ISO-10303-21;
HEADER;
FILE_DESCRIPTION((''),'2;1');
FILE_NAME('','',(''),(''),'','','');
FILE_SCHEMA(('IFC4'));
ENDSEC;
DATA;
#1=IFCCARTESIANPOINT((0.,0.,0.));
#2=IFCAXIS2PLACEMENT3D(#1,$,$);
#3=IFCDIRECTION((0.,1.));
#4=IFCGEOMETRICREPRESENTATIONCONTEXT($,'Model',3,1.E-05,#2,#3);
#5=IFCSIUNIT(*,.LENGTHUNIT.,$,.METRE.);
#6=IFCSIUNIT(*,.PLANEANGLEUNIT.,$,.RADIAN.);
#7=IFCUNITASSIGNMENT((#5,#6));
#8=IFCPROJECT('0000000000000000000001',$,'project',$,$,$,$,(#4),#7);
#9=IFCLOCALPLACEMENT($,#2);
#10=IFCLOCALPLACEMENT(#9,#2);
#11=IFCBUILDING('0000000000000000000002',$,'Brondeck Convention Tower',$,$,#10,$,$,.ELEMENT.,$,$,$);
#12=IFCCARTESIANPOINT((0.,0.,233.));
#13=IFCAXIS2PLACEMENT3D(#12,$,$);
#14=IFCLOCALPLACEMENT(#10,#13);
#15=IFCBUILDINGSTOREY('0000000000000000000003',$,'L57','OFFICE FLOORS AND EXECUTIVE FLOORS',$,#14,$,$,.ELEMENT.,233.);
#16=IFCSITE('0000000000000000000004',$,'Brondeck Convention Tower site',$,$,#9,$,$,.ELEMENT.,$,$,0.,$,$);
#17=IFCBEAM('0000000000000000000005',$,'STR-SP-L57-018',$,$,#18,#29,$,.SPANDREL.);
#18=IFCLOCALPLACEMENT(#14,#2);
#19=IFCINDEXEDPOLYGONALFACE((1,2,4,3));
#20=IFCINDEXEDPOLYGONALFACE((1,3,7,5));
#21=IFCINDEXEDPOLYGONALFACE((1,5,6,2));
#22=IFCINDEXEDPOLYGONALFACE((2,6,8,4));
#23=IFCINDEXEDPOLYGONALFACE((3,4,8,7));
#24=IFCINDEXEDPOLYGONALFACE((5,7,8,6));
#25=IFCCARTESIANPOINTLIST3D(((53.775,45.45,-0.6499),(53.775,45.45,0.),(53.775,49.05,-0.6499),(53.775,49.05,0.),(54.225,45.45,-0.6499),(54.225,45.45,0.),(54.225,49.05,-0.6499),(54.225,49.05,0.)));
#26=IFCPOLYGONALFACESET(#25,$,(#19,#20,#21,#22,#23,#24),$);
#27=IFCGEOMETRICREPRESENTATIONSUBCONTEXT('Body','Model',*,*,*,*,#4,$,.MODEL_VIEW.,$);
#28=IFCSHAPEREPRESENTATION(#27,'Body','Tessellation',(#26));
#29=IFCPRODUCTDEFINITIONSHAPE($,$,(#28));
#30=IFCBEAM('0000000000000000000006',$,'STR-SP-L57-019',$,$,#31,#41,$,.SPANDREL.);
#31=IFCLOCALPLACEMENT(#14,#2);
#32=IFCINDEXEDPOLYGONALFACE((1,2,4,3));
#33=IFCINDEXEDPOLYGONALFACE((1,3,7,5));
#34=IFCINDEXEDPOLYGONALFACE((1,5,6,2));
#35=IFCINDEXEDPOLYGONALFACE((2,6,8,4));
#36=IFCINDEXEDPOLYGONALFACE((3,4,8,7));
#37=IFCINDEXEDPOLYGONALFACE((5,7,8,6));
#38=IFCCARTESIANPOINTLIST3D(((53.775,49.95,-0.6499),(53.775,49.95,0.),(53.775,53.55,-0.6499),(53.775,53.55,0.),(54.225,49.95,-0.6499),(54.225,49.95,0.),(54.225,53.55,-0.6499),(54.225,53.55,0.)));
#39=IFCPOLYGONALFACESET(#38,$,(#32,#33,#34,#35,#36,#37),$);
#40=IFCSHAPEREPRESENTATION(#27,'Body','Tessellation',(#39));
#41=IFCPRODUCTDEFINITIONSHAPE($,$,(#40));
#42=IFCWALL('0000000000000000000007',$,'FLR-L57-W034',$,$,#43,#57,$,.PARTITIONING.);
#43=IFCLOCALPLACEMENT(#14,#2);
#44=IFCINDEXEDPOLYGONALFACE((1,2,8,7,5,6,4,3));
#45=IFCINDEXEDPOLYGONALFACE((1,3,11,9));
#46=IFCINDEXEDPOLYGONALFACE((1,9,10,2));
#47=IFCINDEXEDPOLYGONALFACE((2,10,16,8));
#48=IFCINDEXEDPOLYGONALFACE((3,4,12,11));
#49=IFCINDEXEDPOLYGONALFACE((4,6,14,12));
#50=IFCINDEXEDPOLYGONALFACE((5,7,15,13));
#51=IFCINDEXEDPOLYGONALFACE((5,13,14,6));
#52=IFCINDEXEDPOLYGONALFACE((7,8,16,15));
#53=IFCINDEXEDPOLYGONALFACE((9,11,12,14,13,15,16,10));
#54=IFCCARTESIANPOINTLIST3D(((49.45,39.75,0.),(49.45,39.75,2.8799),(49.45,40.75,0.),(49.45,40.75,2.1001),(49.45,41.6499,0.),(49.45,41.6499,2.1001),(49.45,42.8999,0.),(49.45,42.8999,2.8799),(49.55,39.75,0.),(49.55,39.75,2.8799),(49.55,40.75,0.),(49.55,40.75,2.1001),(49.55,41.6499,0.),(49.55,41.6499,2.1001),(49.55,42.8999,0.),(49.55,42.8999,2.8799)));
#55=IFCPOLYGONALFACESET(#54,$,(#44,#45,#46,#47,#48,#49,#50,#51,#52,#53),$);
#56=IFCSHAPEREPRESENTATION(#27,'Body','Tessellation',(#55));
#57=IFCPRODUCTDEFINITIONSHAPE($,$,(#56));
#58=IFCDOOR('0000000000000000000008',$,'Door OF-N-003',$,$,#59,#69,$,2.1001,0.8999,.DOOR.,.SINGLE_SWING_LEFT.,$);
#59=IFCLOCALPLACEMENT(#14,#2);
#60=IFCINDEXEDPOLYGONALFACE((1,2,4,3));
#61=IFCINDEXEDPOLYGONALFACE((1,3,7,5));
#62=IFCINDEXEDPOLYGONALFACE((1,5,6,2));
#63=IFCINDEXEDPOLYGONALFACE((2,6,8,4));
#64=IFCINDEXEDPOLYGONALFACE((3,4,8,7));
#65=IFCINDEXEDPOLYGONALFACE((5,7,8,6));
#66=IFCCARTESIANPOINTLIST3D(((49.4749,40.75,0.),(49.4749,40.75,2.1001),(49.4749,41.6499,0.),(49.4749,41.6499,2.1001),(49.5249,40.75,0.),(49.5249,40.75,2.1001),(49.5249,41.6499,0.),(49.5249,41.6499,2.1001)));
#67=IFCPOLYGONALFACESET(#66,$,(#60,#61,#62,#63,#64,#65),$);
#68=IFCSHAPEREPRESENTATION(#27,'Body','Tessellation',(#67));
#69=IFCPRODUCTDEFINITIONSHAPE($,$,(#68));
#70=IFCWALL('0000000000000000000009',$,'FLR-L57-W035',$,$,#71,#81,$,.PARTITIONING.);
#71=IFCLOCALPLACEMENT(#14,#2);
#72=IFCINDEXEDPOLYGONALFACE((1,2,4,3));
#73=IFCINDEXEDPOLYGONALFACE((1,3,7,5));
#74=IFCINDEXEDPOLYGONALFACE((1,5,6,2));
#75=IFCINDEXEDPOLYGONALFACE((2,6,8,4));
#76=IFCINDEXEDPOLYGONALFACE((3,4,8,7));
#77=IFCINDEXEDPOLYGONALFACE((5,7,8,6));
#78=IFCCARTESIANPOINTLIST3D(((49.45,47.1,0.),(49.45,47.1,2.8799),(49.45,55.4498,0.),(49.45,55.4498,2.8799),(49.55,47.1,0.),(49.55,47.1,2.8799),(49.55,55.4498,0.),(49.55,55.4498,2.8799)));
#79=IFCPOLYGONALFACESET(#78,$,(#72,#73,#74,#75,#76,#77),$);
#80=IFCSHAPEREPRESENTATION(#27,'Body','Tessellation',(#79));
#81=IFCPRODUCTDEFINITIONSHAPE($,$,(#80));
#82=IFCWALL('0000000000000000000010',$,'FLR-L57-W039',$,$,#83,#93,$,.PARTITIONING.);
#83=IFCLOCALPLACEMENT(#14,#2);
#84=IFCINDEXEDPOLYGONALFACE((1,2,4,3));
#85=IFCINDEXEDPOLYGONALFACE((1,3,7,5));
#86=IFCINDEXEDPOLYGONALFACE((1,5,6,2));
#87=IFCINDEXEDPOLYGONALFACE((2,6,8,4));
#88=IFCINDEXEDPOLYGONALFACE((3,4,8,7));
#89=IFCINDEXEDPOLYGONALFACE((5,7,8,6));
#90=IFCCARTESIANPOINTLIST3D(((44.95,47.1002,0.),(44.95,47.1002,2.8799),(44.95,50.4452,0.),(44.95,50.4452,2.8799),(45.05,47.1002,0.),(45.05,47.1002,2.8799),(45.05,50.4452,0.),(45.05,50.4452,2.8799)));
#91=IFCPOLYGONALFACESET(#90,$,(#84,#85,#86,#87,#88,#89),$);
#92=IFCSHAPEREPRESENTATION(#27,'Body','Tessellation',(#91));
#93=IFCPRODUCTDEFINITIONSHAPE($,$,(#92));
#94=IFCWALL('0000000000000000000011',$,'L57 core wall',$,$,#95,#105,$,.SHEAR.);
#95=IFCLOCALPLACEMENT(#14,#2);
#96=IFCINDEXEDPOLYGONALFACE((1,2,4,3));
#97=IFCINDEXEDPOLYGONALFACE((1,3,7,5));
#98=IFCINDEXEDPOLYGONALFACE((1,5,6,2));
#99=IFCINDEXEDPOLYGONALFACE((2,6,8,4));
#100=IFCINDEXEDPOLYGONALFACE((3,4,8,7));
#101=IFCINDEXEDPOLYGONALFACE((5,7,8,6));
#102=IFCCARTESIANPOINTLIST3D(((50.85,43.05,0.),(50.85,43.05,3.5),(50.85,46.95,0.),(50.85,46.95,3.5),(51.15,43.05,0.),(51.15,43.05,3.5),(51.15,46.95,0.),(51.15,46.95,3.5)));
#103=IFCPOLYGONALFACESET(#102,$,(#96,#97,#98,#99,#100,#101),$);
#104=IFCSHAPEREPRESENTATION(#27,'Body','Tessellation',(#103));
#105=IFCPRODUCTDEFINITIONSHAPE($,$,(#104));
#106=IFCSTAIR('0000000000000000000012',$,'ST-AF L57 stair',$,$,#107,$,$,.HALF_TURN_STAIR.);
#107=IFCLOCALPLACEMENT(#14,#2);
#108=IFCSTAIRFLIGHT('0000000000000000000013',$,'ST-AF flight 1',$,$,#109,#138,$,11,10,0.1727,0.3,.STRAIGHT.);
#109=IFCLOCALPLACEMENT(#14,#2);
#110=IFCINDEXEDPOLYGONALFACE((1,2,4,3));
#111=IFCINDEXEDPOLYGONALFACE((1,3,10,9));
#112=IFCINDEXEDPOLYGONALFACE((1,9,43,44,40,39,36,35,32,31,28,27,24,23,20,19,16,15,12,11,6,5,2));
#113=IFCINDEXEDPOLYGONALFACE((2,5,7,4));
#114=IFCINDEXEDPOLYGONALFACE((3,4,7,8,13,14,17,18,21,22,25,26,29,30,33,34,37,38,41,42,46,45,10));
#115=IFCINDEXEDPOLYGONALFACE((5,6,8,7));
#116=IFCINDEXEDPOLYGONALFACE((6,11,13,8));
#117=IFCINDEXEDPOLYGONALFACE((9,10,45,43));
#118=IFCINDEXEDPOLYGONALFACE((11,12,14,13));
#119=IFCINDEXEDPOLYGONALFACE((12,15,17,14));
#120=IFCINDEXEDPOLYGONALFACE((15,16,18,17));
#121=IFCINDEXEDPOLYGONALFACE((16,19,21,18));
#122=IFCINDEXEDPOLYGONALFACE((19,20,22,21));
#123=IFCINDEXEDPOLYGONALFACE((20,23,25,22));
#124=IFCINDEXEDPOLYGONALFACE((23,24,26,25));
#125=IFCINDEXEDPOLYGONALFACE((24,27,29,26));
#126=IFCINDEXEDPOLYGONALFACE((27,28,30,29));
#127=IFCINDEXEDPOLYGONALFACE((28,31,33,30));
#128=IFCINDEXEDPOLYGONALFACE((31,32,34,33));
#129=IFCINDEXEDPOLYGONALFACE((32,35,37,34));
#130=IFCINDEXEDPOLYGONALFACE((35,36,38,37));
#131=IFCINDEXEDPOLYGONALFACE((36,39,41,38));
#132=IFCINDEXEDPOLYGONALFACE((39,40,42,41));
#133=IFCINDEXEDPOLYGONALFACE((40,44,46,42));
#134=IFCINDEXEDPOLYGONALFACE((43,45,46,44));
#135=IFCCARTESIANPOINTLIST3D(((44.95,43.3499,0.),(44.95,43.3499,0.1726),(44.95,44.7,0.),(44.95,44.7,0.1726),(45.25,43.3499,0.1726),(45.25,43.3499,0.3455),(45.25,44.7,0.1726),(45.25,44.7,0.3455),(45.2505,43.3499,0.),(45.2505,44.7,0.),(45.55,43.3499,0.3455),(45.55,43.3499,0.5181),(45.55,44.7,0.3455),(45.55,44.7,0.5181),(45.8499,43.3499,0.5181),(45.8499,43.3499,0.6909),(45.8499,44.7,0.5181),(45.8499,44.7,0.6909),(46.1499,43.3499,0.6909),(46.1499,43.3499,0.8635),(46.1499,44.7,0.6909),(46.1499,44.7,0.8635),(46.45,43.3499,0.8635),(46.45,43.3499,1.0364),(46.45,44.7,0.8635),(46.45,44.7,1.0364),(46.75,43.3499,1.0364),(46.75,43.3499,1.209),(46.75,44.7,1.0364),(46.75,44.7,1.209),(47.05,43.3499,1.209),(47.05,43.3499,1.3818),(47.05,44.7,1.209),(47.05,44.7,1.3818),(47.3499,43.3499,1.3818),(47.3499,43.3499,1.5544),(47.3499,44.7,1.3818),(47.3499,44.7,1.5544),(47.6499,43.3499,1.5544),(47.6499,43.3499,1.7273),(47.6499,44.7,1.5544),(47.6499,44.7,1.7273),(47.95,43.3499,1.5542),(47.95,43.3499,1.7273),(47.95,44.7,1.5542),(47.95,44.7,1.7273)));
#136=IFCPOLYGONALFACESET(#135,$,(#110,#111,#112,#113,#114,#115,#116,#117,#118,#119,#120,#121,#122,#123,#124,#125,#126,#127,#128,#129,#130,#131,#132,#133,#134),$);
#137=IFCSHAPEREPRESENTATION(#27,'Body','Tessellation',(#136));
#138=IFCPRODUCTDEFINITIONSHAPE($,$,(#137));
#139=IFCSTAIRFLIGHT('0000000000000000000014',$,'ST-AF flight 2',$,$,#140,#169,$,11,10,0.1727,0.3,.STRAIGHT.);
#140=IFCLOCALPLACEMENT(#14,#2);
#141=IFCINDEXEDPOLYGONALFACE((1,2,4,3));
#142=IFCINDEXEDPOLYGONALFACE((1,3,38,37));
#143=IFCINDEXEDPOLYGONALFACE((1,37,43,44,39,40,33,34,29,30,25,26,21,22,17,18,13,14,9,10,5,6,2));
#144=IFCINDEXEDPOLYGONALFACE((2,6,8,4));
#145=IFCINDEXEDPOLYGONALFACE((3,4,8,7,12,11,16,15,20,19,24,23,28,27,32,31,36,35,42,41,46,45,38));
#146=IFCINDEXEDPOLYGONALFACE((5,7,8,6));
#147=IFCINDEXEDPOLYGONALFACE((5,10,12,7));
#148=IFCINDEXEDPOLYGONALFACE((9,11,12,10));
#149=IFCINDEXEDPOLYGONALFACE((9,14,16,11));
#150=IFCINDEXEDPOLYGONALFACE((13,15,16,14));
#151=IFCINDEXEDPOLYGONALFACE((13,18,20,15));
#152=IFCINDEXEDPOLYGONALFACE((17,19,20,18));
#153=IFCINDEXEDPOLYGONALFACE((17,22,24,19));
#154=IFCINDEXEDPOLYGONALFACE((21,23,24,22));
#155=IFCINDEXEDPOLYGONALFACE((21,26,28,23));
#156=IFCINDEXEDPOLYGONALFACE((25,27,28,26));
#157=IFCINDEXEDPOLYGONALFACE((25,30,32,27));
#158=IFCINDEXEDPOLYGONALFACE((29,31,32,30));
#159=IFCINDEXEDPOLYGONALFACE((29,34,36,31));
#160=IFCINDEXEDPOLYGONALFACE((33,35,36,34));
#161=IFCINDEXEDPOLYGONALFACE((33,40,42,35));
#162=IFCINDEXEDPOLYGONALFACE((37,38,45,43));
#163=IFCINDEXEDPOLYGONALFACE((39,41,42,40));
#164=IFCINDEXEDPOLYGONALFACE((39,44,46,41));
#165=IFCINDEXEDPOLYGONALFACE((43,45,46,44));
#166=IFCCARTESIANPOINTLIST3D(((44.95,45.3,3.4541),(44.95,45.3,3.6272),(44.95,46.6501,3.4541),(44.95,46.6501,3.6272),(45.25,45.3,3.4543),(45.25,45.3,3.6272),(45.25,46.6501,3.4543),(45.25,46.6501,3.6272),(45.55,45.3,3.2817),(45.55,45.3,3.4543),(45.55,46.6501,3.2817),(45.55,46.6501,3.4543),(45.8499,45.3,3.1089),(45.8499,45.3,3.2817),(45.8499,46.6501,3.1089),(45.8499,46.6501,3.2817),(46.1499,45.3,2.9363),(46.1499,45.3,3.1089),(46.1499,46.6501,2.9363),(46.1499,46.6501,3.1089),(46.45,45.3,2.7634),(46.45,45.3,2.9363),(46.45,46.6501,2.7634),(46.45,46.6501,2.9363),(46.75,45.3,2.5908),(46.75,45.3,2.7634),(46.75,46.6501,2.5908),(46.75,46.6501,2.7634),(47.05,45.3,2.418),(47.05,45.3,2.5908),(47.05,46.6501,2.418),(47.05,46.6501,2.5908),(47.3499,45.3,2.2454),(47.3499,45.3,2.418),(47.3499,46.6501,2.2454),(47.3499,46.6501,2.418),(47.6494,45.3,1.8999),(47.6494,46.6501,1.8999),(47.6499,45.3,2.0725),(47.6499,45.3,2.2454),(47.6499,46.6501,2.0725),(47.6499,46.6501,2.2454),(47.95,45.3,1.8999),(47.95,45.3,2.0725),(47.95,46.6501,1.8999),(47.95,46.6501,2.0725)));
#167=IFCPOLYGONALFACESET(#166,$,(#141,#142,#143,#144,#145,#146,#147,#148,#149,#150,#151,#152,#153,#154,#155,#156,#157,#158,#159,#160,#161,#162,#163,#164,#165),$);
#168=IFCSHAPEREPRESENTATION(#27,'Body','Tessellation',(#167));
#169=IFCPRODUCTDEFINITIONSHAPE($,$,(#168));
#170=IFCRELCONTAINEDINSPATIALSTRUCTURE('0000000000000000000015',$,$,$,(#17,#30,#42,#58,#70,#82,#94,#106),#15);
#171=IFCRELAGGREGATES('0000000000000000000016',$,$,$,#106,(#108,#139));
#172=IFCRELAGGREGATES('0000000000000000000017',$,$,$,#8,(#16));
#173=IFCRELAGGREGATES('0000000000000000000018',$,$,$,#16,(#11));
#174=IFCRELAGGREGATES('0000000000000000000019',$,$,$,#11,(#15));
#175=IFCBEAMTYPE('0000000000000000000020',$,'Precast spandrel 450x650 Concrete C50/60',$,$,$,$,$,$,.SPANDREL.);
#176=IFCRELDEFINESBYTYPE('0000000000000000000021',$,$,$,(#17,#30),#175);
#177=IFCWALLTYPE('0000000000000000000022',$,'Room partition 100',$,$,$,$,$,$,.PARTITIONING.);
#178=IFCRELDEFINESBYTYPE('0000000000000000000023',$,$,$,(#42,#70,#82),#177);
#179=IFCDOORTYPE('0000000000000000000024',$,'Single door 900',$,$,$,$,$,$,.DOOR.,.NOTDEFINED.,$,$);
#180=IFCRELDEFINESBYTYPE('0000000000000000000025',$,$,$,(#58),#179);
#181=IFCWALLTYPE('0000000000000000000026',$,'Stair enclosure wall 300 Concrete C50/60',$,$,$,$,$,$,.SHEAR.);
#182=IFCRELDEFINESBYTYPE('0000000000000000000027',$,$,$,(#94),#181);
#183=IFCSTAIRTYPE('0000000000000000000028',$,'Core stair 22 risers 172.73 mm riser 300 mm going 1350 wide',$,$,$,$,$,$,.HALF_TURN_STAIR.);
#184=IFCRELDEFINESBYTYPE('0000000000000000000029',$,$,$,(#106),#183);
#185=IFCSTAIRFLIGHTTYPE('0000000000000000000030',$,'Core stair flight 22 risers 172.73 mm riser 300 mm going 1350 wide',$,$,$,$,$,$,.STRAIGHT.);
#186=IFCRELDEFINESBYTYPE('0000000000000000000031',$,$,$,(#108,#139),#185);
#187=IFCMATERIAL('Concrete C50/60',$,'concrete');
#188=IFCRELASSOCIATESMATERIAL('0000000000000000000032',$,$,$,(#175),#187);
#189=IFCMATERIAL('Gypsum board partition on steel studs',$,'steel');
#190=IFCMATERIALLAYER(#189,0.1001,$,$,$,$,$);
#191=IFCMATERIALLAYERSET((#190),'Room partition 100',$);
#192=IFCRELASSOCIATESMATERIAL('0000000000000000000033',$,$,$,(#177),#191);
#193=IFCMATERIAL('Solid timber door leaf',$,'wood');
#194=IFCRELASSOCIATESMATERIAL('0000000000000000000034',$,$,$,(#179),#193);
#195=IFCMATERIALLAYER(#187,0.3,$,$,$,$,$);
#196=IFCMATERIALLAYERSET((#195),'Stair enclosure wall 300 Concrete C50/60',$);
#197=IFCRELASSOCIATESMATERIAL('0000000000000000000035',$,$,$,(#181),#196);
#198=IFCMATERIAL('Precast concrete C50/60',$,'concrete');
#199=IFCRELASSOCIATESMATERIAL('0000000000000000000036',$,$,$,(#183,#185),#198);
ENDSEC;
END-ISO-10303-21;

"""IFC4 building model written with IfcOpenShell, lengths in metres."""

from ifc_helpers import new_model, si_unit, direction, frame, frame_2d, origin, origin_2d, place, context, subcontext, project, spatial, polyline, rectangle, outline, extrude, material, layer, layer_set, material_profile, profile_set, type_object, element, fill, aggregate, save


model = new_model("IFC4")

# Units and contexts
model_context = context("Model", 3, precision=1e-05, world=origin(), true_north=direction((0.0, 1.0)))
body_context = subcontext(model_context, "Body", "Model", "MODEL_VIEW")
ifc_project = project(units=[si_unit("LENGTHUNIT", "METRE"), si_unit("PLANEANGLEUNIT", "RADIAN")], contexts=[model_context])

# Site, building, storey
site_placement = place(None, origin())
site = spatial("IfcSite", under=ifc_project, at=site_placement, Name="Brondeck Convention Tower site", CompositionType="ELEMENT", RefElevation=0.0)
building_placement = place(site_placement, origin())
building = spatial("IfcBuilding", under=site, at=building_placement, Name="Brondeck Convention Tower", CompositionType="ELEMENT")
storey_placement = place(building_placement, frame((0.0, 0.0, 233.0)))
storey = spatial("IfcBuildingStorey", under=building, at=storey_placement, Name="L57", Description="OFFICE FLOORS AND EXECUTIVE FLOORS", CompositionType="ELEMENT", Elevation=233.0)

# Shared definitions
ifc_material_1 = material(Name="Concrete C50/60", Category="concrete")

# Beams
ifc_material_profile_1 = material_profile(ifc_material_1, rectangle(XDim=0.45, YDim=0.6499, at=origin_2d()), Name="Precast spandrel 450x650 Concrete C50/60")
ifc_profile_set_1 = profile_set([ifc_material_profile_1], Name="Concrete C50/60")
beam_type_1 = type_object("IfcBeamType", Name="Precast spandrel 450x650 Concrete C50/60", PredefinedType="SPANDREL", material=ifc_profile_set_1)
for number, where, z_axis, x_axis, name in (
    (1, (54.0, 45.45, -0.325), (0.0, 1.0, 0.0), (-1.0, 0.0, 0.0), "STR-SP-L57-018"),
    (2, (54.0, 49.95, -0.325), (0.0, 1.0, 0.0), (-1.0, 0.0, 0.0), "STR-SP-L57-019"),
):
    element("IfcBeam", number, at=place(storey_placement, frame(where, z_axis=z_axis, x_axis=x_axis)), inside=storey, type_object=beam_type_1, Name=name, PredefinedType="SPANDREL", context=body_context, shape_type="SweptSolid", body=[
        extrude(rectangle(XDim=0.45, YDim=0.6499, at=origin_2d()), origin(), (0.0, 0.0, 1.0), 3.6001),
    ])

# Wall, opening, door
ifc_material_2 = material(Name="Gypsum board partition on steel studs", Category="steel")
ifc_layer_1 = layer(ifc_material_2, 0.1001)
ifc_layer_set_1 = layer_set([ifc_layer_1], Name="Room partition 100")
wall_type_1 = type_object("IfcWallType", Name="Room partition 100", PredefinedType="PARTITIONING", material=ifc_layer_set_1)
wall_1_placement = place(storey_placement, frame((49.5, 42.8999, 0.0), z_axis=(0.0, 0.0, 1.0), x_axis=(0.0, -1.0, 0.0)))
wall_1 = element("IfcWall", 3, at=wall_1_placement, inside=storey, type_object=wall_type_1, Name="FLR-L57-W034", PredefinedType="PARTITIONING", context=body_context, shape_type="SweptSolid", body=[
    extrude(rectangle(XDim=3.1499, YDim=0.1001, at=frame_2d((1.575, 0.0))), origin(), (0.0, 0.0, 1.0), 2.8799),
])
opening_placement = place(wall_1_placement, frame((1.25, 0.0, 0.0)))
opening = element("IfcOpeningElement", 4, at=opening_placement, cuts=wall_1, PredefinedType="OPENING", context=body_context, shape_type="SweptSolid", body=[
    extrude(rectangle(XDim=0.8999, YDim=2.1001, at=frame_2d((0.45, 1.05))), frame((0.0, 0.0601, 0.0), z_axis=(0.0, -1.0, 0.0), x_axis=(1.0, 0.0, 0.0)), (0.0, 0.0, 1.0), 0.1201),
])
ifc_material_3 = material(Name="Solid timber door leaf", Category="wood")
door_type = type_object("IfcDoorType", Name="Single door 900", OperationType="NOTDEFINED", PredefinedType="DOOR", material=ifc_material_3)
door_placement = place(opening_placement, origin())
door = element("IfcDoor", 5, at=door_placement, inside=storey, type_object=door_type, Name="Door OF-N-003", OperationType="SINGLE_SWING_LEFT", OverallHeight=2.1001, OverallWidth=0.8999, PredefinedType="DOOR", context=body_context, shape_type="SweptSolid", body=[
    extrude(rectangle(XDim=0.8999, YDim=2.1001, at=frame_2d((0.45, 1.05))), frame((0.0, 0.0249, 0.0), z_axis=(0.0, -1.0, 0.0), x_axis=(1.0, 0.0, 0.0)), (0.0, 0.0, 1.0), 0.05),
])
fill(opening, door)

# Walls
wall_2_placement = place(storey_placement, frame((49.5, 47.1001, 0.0), z_axis=(0.0, 0.0, 1.0), x_axis=(0.0, 1.0, 0.0)))
element("IfcWall", 6, at=wall_2_placement, inside=storey, type_object=wall_type_1, Name="FLR-L57-W035", PredefinedType="PARTITIONING", context=body_context, shape_type="SweptSolid", body=[
    extrude(rectangle(XDim=8.3499, YDim=0.1001, at=frame_2d((4.1748, 0.0))), origin(), (0.0, 0.0, 1.0), 2.8799),
])
wall_3_placement = place(storey_placement, frame((45.0, 50.4451, 0.0), z_axis=(0.0, 0.0, 1.0), x_axis=(0.0, -1.0, 0.0)))
element("IfcWall", 7, at=wall_3_placement, inside=storey, type_object=wall_type_1, Name="FLR-L57-W039", PredefinedType="PARTITIONING", context=body_context, shape_type="SweptSolid", body=[
    extrude(rectangle(XDim=3.345, YDim=0.1001, at=frame_2d((1.6724, 0.0))), origin(), (0.0, 0.0, 1.0), 2.8799),
])
ifc_layer_2 = layer(ifc_material_1, 0.3)
ifc_layer_set_2 = layer_set([ifc_layer_2], Name="Stair enclosure wall 300 Concrete C50/60")
wall_type_2 = type_object("IfcWallType", Name="Stair enclosure wall 300 Concrete C50/60", PredefinedType="SHEAR", material=ifc_layer_set_2)
wall_4_placement = place(storey_placement, frame((51.0, 43.05, 0.0), z_axis=(0.0, 0.0, 1.0), x_axis=(0.0, 1.0, 0.0)))
element("IfcWall", 8, at=wall_4_placement, inside=storey, type_object=wall_type_2, Name="L57 core wall", PredefinedType="SHEAR", context=body_context, shape_type="SweptSolid", body=[
    extrude(rectangle(XDim=3.8999, YDim=0.3, at=frame_2d((1.95, 0.0))), origin(), (0.0, 0.0, 1.0), 3.5),
])

# Stair, stair flights
ifc_material_4 = material(Name="Precast concrete C50/60", Category="concrete")
stair_type = type_object("IfcStairType", Name="Core stair 22 risers 172.73 mm riser 300 mm going 1350 wide", PredefinedType="HALF_TURN_STAIR", material=ifc_material_4)
stair_placement = place(storey_placement, origin())
stair = element("IfcStair", 9, at=stair_placement, inside=storey, type_object=stair_type, Name="ST-AF L57 stair", PredefinedType="HALF_TURN_STAIR")
stair_flight_type = type_object("IfcStairFlightType", Name="Core stair flight 22 risers 172.73 mm riser 300 mm going 1350 wide", PredefinedType="STRAIGHT", material=ifc_material_4)
stair_flight_1_placement = place(storey_placement, frame((44.95, 44.0249, 0.0), z_axis=(0.0, 0.0, 1.0), x_axis=(1.0, 0.0, 0.0)))
stair_flight_1 = element("IfcStairFlight", 10, at=stair_flight_1_placement, type_object=stair_flight_type, Name="ST-AF flight 1", NumberOfRisers=11, NumberOfTreads=10, PredefinedType="STRAIGHT", RiserHeight=0.1727, TreadLength=0.3, context=body_context, shape_type="SweptSolid", body=[
    extrude(outline(polyline([(0.0, 0.0), (0.0, 0.1726), (0.3, 0.1726), (0.3, 0.3455), (0.6001, 0.3455), (0.6001, 0.5181), (0.8999, 0.5181), (0.8999, 0.6909), (1.2, 0.6909), (1.2, 0.8635), (1.5, 0.8635), (1.5, 1.0364), (1.8, 1.0364), (1.8, 1.209), (2.1001, 1.209), (2.1001, 1.3818), (2.3999, 1.3818), (2.3999, 1.5544), (2.7, 1.5544), (2.7, 1.7273), (3.0, 1.7273), (3.0, 1.8999), (3.0, 1.5542), (0.3005, 0.0), (0.0, 0.0)])), frame((0.0, 0.675, 0.0), z_axis=(0.0, -1.0, 0.0), x_axis=(1.0, 0.0, 0.0)), (0.0, 0.0, 1.0), 1.3501),
])
stair_flight_2_placement = place(storey_placement, frame((47.95, 45.9751, 1.8999), z_axis=(0.0, 0.0, 1.0), x_axis=(-1.0, 0.0, 0.0)))
stair_flight_2 = element("IfcStairFlight", 11, at=stair_flight_2_placement, type_object=stair_flight_type, Name="ST-AF flight 2", NumberOfRisers=11, NumberOfTreads=10, PredefinedType="STRAIGHT", RiserHeight=0.1727, TreadLength=0.3, context=body_context, shape_type="SweptSolid", body=[
    extrude(outline(polyline([(0.0, 0.0), (0.0, 0.1726), (0.3, 0.1726), (0.3, 0.3455), (0.6001, 0.3455), (0.6001, 0.5181), (0.8999, 0.5181), (0.8999, 0.6909), (1.2, 0.6909), (1.2, 0.8635), (1.5, 0.8635), (1.5, 1.0364), (1.8, 1.0364), (1.8, 1.209), (2.1001, 1.209), (2.1001, 1.3818), (2.3999, 1.3818), (2.3999, 1.5544), (2.7, 1.5544), (2.7, 1.7273), (3.0, 1.7273), (3.0, 1.8999), (3.0, 1.5542), (0.3005, 0.0), (0.0, 0.0)])), frame((0.0, 0.675, 0.0), z_axis=(0.0, -1.0, 0.0), x_axis=(1.0, 0.0, 0.0)), (0.0, 0.0, 1.0), 1.3501),
])
aggregate(stair, [stair_flight_1, stair_flight_2])

save(model, "model.ifc")
